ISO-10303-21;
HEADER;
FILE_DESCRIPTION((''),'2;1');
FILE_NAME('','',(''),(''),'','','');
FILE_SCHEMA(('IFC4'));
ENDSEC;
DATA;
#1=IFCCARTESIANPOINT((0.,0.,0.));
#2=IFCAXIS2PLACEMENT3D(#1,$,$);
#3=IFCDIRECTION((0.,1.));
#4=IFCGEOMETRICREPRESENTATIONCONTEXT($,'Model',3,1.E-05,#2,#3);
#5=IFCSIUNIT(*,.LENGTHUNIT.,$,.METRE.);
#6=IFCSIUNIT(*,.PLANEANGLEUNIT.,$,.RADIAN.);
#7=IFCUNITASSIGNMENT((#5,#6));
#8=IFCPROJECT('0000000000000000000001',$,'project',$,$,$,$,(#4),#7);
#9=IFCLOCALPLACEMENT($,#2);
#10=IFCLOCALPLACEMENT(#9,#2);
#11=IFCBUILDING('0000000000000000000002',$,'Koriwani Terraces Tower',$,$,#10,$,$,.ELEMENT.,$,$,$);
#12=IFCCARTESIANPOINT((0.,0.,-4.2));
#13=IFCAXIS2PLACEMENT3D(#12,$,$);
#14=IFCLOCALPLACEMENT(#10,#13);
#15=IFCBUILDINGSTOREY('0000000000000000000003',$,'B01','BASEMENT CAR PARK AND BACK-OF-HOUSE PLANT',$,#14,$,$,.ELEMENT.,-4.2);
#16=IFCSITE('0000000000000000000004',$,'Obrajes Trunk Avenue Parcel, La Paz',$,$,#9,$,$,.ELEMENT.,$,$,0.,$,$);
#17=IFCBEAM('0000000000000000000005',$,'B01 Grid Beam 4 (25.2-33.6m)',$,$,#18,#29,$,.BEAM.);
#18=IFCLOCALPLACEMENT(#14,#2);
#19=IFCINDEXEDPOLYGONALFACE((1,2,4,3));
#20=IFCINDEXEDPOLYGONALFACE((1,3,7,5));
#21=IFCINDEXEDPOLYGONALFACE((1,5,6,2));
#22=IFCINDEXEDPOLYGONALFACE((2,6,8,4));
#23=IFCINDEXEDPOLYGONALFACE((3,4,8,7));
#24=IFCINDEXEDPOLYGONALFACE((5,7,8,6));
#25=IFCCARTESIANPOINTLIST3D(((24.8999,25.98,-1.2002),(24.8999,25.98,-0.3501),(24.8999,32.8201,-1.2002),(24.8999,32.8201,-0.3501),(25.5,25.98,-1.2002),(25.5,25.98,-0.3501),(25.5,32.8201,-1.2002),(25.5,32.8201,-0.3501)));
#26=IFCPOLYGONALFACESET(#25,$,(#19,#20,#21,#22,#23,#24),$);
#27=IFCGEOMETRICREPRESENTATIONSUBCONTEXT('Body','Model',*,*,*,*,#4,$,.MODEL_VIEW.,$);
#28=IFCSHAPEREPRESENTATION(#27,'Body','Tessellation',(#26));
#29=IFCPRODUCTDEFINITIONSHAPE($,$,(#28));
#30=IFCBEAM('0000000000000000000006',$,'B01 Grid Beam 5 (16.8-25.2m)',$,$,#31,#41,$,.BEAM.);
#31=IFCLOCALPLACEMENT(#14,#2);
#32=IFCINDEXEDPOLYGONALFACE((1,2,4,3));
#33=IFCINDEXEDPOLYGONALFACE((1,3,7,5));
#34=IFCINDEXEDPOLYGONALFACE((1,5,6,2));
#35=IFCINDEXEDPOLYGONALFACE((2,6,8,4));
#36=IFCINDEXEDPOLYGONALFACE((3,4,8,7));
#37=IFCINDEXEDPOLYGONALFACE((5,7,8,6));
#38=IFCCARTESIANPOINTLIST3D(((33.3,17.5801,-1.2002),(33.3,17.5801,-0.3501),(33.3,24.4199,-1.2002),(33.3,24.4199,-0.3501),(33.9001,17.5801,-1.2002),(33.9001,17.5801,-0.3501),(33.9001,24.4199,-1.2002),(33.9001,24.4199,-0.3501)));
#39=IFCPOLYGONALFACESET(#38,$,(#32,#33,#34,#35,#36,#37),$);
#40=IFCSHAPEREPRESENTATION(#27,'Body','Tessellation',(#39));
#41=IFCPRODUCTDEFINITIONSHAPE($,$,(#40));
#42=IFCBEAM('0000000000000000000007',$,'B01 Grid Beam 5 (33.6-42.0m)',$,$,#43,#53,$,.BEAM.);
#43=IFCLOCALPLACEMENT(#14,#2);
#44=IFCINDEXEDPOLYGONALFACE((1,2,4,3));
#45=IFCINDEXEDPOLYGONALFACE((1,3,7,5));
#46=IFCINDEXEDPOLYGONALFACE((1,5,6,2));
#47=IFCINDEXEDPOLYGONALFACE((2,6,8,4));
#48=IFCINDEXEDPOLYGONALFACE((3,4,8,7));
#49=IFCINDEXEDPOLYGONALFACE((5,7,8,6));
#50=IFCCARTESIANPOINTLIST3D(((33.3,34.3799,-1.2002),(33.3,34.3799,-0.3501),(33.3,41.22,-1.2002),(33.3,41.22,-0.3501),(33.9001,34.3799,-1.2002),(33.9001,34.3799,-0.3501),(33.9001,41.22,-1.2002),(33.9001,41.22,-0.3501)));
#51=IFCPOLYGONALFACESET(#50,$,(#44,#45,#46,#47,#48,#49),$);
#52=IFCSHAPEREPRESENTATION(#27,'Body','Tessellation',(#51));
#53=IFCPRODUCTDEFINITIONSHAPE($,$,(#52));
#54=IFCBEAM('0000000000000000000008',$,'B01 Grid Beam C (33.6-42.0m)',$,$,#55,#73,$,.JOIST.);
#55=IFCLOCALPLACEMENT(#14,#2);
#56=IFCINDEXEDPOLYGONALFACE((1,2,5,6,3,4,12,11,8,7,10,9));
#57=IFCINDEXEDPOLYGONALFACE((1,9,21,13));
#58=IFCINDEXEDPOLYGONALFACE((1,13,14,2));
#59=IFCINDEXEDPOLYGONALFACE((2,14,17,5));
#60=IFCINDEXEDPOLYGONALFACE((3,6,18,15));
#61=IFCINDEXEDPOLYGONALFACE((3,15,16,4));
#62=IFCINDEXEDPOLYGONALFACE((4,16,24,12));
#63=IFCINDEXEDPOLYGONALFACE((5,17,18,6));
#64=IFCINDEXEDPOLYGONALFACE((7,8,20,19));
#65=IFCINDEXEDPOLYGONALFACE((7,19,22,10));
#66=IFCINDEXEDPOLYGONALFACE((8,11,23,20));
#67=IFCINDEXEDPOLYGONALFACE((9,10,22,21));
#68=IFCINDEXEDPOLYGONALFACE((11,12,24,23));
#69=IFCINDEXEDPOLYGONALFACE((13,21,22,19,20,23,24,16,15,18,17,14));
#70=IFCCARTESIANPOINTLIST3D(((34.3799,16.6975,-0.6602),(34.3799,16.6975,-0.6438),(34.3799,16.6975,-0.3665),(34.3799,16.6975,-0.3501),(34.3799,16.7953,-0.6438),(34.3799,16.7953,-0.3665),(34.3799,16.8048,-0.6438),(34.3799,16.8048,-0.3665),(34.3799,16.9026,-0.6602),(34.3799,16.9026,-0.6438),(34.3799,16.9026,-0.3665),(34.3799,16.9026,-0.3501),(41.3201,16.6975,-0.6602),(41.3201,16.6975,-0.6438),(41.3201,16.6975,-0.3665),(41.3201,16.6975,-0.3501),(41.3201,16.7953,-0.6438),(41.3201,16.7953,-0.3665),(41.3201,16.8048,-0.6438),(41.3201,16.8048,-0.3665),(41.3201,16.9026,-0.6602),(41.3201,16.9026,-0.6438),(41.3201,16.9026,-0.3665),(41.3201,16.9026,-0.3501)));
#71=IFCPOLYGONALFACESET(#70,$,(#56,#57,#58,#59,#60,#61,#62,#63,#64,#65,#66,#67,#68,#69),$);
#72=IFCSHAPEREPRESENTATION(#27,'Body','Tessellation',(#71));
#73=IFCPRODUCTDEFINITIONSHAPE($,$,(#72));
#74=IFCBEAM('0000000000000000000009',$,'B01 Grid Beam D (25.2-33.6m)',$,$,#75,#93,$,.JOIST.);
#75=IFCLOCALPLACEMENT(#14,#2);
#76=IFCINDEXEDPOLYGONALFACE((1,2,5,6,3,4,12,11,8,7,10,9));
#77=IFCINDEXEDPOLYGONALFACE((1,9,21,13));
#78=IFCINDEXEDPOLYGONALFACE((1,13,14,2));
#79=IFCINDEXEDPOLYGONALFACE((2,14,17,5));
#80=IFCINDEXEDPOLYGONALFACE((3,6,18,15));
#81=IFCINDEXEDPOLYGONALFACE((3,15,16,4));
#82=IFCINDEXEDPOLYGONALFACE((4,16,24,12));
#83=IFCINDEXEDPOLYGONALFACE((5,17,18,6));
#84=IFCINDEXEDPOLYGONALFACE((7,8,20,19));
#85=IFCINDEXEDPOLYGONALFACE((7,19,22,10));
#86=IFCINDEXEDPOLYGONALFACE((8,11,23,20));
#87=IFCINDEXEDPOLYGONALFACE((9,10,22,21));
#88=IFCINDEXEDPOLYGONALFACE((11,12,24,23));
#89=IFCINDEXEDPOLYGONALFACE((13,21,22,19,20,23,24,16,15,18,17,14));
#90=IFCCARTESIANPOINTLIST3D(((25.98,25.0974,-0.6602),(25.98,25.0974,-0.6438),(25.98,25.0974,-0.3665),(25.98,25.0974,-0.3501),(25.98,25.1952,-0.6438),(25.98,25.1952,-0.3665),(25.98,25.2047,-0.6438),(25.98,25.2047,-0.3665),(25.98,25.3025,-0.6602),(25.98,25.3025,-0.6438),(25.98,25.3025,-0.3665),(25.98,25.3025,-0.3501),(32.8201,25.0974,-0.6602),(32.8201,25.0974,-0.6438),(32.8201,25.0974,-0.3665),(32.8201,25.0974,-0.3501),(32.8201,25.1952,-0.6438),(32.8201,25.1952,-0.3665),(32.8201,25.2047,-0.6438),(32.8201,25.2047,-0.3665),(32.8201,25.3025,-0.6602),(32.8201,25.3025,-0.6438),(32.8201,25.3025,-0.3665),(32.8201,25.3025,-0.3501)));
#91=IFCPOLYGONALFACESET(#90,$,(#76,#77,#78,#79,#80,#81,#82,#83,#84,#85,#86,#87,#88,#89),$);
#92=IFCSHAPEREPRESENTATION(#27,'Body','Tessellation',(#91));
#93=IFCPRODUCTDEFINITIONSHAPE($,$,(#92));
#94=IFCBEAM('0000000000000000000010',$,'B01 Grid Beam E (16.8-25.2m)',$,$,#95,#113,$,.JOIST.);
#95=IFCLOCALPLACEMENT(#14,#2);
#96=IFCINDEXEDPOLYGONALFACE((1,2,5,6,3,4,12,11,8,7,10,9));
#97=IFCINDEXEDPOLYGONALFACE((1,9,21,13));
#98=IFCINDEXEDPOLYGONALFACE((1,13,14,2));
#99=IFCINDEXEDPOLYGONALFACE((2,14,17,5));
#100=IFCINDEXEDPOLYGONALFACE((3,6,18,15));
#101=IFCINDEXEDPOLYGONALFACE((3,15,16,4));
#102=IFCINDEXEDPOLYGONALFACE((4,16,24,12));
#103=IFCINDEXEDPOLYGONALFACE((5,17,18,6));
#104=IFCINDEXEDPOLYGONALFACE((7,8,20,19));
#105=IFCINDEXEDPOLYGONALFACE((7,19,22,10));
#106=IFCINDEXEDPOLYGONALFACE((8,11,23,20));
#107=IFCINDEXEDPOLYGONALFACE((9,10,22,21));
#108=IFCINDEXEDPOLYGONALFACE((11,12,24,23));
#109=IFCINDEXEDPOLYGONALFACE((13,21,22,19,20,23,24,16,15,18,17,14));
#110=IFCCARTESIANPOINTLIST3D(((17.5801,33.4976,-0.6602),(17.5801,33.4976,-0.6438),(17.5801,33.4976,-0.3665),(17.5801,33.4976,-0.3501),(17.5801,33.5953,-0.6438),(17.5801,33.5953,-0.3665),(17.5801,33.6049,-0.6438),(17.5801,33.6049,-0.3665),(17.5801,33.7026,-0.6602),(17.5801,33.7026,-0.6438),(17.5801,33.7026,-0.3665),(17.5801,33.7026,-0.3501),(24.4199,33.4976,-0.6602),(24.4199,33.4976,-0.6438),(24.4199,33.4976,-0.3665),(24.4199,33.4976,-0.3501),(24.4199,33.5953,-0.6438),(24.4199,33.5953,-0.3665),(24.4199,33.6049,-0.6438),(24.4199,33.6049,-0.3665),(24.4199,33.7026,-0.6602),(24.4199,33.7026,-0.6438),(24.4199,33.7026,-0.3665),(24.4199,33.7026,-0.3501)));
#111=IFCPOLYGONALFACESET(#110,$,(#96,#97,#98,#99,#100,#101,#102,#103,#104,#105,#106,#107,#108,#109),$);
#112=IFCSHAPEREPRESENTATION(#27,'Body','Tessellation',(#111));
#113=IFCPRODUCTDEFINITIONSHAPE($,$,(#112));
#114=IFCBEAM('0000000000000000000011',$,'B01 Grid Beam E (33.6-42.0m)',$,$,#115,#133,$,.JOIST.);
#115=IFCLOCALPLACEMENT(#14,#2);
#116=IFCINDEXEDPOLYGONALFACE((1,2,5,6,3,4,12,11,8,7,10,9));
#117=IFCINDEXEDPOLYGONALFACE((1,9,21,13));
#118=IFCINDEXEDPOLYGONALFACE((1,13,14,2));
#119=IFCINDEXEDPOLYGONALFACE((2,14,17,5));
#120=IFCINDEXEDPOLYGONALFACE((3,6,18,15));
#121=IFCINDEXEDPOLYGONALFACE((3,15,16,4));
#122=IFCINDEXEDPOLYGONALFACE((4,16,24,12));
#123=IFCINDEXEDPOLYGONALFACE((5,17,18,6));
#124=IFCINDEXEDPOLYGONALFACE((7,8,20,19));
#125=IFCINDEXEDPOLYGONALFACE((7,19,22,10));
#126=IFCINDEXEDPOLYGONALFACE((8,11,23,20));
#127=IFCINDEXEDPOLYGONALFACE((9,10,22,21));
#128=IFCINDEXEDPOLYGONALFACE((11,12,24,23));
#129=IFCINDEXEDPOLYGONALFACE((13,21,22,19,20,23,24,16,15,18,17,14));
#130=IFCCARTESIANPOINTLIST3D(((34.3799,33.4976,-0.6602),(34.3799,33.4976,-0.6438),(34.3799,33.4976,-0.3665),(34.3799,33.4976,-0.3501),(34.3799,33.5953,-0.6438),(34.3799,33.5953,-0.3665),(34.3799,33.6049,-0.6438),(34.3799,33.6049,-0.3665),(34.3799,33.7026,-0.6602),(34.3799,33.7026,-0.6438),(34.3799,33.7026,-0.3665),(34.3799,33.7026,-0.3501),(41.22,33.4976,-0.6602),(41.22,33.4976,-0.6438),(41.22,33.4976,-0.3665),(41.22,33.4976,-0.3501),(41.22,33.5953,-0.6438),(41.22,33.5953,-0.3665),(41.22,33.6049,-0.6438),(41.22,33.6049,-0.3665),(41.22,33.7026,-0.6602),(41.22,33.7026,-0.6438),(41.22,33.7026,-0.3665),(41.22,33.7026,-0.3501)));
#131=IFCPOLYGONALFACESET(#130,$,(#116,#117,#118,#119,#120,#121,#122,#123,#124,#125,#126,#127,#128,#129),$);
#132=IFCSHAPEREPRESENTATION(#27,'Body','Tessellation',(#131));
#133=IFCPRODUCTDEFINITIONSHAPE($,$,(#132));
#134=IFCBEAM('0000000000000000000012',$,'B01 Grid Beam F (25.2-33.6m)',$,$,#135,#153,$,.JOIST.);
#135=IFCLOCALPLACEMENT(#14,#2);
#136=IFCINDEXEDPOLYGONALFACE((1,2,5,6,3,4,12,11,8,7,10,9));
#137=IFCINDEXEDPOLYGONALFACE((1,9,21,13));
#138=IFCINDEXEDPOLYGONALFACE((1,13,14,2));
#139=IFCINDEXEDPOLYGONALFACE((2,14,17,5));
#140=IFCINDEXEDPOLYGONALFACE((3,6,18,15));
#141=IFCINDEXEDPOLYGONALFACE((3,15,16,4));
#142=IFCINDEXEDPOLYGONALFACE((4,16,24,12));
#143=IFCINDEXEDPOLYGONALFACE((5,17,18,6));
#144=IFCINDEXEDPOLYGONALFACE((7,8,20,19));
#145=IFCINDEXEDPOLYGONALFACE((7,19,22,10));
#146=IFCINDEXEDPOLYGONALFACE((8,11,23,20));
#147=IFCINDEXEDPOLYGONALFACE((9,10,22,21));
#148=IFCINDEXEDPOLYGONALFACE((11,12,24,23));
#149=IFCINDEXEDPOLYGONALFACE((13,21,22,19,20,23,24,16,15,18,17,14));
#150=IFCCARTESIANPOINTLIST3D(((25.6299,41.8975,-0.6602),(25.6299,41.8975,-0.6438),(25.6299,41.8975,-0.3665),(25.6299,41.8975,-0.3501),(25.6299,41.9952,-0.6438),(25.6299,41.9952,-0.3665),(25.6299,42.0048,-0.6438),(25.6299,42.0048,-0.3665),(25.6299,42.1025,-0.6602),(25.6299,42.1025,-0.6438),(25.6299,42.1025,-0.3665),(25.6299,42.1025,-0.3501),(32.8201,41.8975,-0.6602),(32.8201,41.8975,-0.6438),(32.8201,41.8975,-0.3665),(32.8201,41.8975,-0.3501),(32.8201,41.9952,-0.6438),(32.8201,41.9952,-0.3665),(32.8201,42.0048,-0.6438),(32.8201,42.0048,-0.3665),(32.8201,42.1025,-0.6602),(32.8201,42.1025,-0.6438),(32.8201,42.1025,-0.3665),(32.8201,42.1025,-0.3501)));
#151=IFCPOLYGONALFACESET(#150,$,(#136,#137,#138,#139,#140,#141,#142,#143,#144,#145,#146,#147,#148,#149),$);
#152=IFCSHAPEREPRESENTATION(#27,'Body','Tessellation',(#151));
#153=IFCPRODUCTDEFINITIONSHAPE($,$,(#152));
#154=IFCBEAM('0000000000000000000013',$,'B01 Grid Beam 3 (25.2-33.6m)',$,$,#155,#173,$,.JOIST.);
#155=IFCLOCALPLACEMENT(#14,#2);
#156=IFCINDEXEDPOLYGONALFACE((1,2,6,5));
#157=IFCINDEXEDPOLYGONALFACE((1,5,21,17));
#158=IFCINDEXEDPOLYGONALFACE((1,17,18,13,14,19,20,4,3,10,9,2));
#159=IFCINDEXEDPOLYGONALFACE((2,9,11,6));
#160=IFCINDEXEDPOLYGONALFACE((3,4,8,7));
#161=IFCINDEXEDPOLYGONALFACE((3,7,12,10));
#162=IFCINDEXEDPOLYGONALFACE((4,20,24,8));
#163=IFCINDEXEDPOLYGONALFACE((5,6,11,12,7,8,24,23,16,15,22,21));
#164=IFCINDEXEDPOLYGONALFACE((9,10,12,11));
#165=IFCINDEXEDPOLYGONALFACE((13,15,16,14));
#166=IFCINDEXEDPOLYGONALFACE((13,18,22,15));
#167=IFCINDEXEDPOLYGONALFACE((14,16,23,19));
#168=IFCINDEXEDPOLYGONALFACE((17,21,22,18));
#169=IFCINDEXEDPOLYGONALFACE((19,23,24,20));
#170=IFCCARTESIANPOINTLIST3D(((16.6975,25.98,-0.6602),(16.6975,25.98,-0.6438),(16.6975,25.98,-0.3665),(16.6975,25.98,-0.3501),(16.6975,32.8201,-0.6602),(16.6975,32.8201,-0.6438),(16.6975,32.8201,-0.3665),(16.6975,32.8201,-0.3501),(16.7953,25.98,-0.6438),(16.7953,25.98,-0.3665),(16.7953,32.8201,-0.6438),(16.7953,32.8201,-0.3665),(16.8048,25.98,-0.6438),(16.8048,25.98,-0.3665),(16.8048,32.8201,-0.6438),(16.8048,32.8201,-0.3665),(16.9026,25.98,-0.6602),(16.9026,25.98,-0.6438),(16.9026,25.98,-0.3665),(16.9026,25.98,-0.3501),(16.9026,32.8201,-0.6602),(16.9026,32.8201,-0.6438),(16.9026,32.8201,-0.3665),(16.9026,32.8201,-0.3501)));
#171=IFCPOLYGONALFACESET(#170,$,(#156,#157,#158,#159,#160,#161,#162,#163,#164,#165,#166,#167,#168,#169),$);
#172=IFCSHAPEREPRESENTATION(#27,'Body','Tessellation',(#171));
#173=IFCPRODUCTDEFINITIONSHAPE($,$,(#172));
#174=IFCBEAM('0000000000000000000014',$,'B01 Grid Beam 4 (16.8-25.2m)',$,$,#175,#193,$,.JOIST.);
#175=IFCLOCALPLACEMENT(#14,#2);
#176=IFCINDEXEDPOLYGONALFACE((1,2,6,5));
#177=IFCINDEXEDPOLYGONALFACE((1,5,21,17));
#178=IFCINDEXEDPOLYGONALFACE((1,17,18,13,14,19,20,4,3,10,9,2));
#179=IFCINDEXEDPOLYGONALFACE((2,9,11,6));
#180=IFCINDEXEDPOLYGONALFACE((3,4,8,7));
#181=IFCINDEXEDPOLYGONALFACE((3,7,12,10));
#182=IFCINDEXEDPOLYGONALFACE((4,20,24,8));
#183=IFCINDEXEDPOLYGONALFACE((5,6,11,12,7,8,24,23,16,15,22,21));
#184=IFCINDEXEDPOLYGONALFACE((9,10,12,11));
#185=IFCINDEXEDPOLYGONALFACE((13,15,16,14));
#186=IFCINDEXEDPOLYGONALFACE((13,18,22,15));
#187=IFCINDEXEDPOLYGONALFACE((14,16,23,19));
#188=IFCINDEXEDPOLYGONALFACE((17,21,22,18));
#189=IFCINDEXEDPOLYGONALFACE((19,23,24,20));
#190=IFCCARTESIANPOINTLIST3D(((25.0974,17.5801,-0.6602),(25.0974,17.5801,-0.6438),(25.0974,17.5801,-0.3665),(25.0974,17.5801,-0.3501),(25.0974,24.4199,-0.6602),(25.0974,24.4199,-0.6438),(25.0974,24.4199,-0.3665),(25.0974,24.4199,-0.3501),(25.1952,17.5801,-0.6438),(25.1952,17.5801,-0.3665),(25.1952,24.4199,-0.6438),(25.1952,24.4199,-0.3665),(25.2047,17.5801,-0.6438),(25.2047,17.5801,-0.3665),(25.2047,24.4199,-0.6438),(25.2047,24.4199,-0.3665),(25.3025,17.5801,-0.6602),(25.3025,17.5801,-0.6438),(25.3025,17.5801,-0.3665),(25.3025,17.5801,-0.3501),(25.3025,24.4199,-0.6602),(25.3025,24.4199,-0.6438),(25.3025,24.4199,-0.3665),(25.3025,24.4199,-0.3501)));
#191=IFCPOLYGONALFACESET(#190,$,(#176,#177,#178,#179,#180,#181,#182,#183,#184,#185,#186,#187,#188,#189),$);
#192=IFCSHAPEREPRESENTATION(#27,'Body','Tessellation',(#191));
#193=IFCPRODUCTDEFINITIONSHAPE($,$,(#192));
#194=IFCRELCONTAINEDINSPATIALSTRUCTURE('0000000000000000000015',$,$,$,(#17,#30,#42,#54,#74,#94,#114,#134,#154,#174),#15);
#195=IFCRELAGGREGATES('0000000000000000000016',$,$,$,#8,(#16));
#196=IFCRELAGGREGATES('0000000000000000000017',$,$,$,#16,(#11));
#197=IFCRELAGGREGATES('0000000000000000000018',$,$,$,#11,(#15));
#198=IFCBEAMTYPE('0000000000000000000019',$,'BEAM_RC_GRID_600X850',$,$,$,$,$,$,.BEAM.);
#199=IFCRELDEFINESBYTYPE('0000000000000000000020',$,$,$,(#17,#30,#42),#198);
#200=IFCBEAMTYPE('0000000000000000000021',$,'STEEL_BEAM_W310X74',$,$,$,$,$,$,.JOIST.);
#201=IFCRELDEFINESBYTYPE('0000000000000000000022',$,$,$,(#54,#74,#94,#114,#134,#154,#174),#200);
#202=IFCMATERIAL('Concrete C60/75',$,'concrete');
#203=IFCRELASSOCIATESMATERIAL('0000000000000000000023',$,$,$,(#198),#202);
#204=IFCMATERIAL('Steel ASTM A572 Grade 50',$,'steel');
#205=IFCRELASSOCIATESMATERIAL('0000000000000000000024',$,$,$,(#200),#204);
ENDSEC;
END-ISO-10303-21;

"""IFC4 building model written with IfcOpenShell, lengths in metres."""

from ifc_helpers import new_model, si_unit, direction, frame, origin, origin_2d, place, context, subcontext, project, spatial, rectangle, i_section, extrude, material, material_profile, profile_set, type_object, element, save


model = new_model("IFC4")

# Units and contexts
model_context = context("Model", 3, precision=1e-05, world=origin(), true_north=direction((0.0, 1.0)))
body_context = subcontext(model_context, "Body", "Model", "MODEL_VIEW")
ifc_project = project(units=[si_unit("LENGTHUNIT", "METRE"), si_unit("PLANEANGLEUNIT", "RADIAN")], contexts=[model_context])

# Site, building, storey
site_placement = place(None, origin())
site = spatial("IfcSite", under=ifc_project, at=site_placement, Name="Obrajes Trunk Avenue Parcel, La Paz", CompositionType="ELEMENT", RefElevation=0.0)
building_placement = place(site_placement, origin())
building = spatial("IfcBuilding", under=site, at=building_placement, Name="Koriwani Terraces Tower", CompositionType="ELEMENT")
storey_placement = place(building_placement, frame((0.0, 0.0, -4.2)))
storey = spatial("IfcBuildingStorey", under=building, at=storey_placement, Name="B01", Description="BASEMENT CAR PARK AND BACK-OF-HOUSE PLANT", CompositionType="ELEMENT", Elevation=-4.2)

# Shared definitions
ifc_material_1 = material(Name="Concrete C60/75", Category="concrete")

# Beams
ifc_material_profile_1 = material_profile(ifc_material_1, rectangle(XDim=0.6001, YDim=0.8501, at=origin_2d()), Name="Concrete C60/75", Category="LoadBearing")
ifc_profile_set_1 = profile_set([ifc_material_profile_1], Name="Concrete C60/75")
beam_type_1 = type_object("IfcBeamType", Name="BEAM_RC_GRID_600X850", PredefinedType="BEAM", material=ifc_profile_set_1)
beam_1_placement = place(storey_placement, frame((25.2, 25.98, -0.7751), z_axis=(0.0, 1.0, 0.0), x_axis=(-1.0, 0.0, 0.0)))
element("IfcBeam", 1, at=beam_1_placement, inside=storey, type_object=beam_type_1, Name="B01 Grid Beam 4 (25.2-33.6m)", PredefinedType="BEAM", context=body_context, shape_type="SweptSolid", body=[
    extrude(rectangle(XDim=0.6001, YDim=0.8501, at=origin_2d()), origin(), (0.0, 0.0, 1.0), 6.8401),
])
beam_2_placement = place(storey_placement, frame((33.6001, 17.5801, -0.7751), z_axis=(0.0, 1.0, 0.0), x_axis=(-1.0, 0.0, 0.0)))
element("IfcBeam", 2, at=beam_2_placement, inside=storey, type_object=beam_type_1, Name="B01 Grid Beam 5 (16.8-25.2m)", PredefinedType="BEAM", context=body_context, shape_type="SweptSolid", body=[
    extrude(rectangle(XDim=0.6001, YDim=0.8501, at=origin_2d()), origin(), (0.0, 0.0, 1.0), 6.8398),
])
beam_3_placement = place(storey_placement, frame((33.6001, 34.3799, -0.7751), z_axis=(0.0, 1.0, 0.0), x_axis=(-1.0, 0.0, 0.0)))
element("IfcBeam", 3, at=beam_3_placement, inside=storey, type_object=beam_type_1, Name="B01 Grid Beam 5 (33.6-42.0m)", PredefinedType="BEAM", context=body_context, shape_type="SweptSolid", body=[
    extrude(rectangle(XDim=0.6001, YDim=0.8501, at=origin_2d()), origin(), (0.0, 0.0, 1.0), 6.8401),
])
ifc_material_2 = material(Name="Steel ASTM A572 Grade 50", Category="steel")
ifc_material_profile_2 = material_profile(ifc_material_2, i_section(OverallWidth=0.2051, OverallDepth=0.3101, WebThickness=0.0095, FlangeThickness=0.0164, at=origin_2d()), Name="Steel ASTM A572 Grade 50", Category="LoadBearing")
ifc_profile_set_2 = profile_set([ifc_material_profile_2], Name="Steel ASTM A572 Grade 50")
beam_type_2 = type_object("IfcBeamType", Name="STEEL_BEAM_W310X74", PredefinedType="JOIST", material=ifc_profile_set_2)
beam_4_placement = place(storey_placement, frame((34.3799, 16.8, -0.5051), z_axis=(1.0, 0.0, 0.0), x_axis=(0.0, 1.0, 0.0)))
element("IfcBeam", 4, at=beam_4_placement, inside=storey, type_object=beam_type_2, Name="B01 Grid Beam C (33.6-42.0m)", PredefinedType="JOIST", context=body_context, shape_type="SweptSolid", body=[
    extrude(i_section(OverallWidth=0.2051, OverallDepth=0.3101, WebThickness=0.0095, FlangeThickness=0.0164, at=origin_2d()), origin(), (0.0, 0.0, 1.0), 6.9402),
])
beam_5_placement = place(storey_placement, frame((25.98, 25.2, -0.5051), z_axis=(1.0, 0.0, 0.0), x_axis=(0.0, 1.0, 0.0)))
element("IfcBeam", 5, at=beam_5_placement, inside=storey, type_object=beam_type_2, Name="B01 Grid Beam D (25.2-33.6m)", PredefinedType="JOIST", context=body_context, shape_type="SweptSolid", body=[
    extrude(i_section(OverallWidth=0.2051, OverallDepth=0.3101, WebThickness=0.0095, FlangeThickness=0.0164, at=origin_2d()), origin(), (0.0, 0.0, 1.0), 6.8401),
])
beam_6_placement = place(storey_placement, frame((17.5801, 33.6001, -0.5051), z_axis=(1.0, 0.0, 0.0), x_axis=(0.0, 1.0, 0.0)))
element("IfcBeam", 6, at=beam_6_placement, inside=storey, type_object=beam_type_2, Name="B01 Grid Beam E (16.8-25.2m)", PredefinedType="JOIST", context=body_context, shape_type="SweptSolid", body=[
    extrude(i_section(OverallWidth=0.2051, OverallDepth=0.3101, WebThickness=0.0095, FlangeThickness=0.0164, at=origin_2d()), origin(), (0.0, 0.0, 1.0), 6.8398),
])
beam_7_placement = place(storey_placement, frame((34.3799, 33.6001, -0.5051), z_axis=(1.0, 0.0, 0.0), x_axis=(0.0, 1.0, 0.0)))
element("IfcBeam", 7, at=beam_7_placement, inside=storey, type_object=beam_type_2, Name="B01 Grid Beam E (33.6-42.0m)", PredefinedType="JOIST", context=body_context, shape_type="SweptSolid", body=[
    extrude(i_section(OverallWidth=0.2051, OverallDepth=0.3101, WebThickness=0.0095, FlangeThickness=0.0164, at=origin_2d()), origin(), (0.0, 0.0, 1.0), 6.8401),
])
beam_8_placement = place(storey_placement, frame((25.6299, 42.0, -0.5051), z_axis=(1.0, 0.0, 0.0), x_axis=(0.0, 1.0, 0.0)))
element("IfcBeam", 8, at=beam_8_placement, inside=storey, type_object=beam_type_2, Name="B01 Grid Beam F (25.2-33.6m)", PredefinedType="JOIST", context=body_context, shape_type="SweptSolid", body=[
    extrude(i_section(OverallWidth=0.2051, OverallDepth=0.3101, WebThickness=0.0095, FlangeThickness=0.0164, at=origin_2d()), origin(), (0.0, 0.0, 1.0), 7.1902),
])
beam_9_placement = place(storey_placement, frame((16.8, 25.98, -0.5051), z_axis=(0.0, 1.0, 0.0), x_axis=(-1.0, 0.0, 0.0)))
element("IfcBeam", 9, at=beam_9_placement, inside=storey, type_object=beam_type_2, Name="B01 Grid Beam 3 (25.2-33.6m)", PredefinedType="JOIST", context=body_context, shape_type="SweptSolid", body=[
    extrude(i_section(OverallWidth=0.2051, OverallDepth=0.3101, WebThickness=0.0095, FlangeThickness=0.0164, at=origin_2d()), origin(), (0.0, 0.0, 1.0), 6.8401),
])
beam_10_placement = place(storey_placement, frame((25.2, 17.5801, -0.5051), z_axis=(0.0, 1.0, 0.0), x_axis=(-1.0, 0.0, 0.0)))
element("IfcBeam", 10, at=beam_10_placement, inside=storey, type_object=beam_type_2, Name="B01 Grid Beam 4 (16.8-25.2m)", PredefinedType="JOIST", context=body_context, shape_type="SweptSolid", body=[
    extrude(i_section(OverallWidth=0.2051, OverallDepth=0.3101, WebThickness=0.0095, FlangeThickness=0.0164, at=origin_2d()), origin(), (0.0, 0.0, 1.0), 6.8398),
])

save(model, "model.ifc")
